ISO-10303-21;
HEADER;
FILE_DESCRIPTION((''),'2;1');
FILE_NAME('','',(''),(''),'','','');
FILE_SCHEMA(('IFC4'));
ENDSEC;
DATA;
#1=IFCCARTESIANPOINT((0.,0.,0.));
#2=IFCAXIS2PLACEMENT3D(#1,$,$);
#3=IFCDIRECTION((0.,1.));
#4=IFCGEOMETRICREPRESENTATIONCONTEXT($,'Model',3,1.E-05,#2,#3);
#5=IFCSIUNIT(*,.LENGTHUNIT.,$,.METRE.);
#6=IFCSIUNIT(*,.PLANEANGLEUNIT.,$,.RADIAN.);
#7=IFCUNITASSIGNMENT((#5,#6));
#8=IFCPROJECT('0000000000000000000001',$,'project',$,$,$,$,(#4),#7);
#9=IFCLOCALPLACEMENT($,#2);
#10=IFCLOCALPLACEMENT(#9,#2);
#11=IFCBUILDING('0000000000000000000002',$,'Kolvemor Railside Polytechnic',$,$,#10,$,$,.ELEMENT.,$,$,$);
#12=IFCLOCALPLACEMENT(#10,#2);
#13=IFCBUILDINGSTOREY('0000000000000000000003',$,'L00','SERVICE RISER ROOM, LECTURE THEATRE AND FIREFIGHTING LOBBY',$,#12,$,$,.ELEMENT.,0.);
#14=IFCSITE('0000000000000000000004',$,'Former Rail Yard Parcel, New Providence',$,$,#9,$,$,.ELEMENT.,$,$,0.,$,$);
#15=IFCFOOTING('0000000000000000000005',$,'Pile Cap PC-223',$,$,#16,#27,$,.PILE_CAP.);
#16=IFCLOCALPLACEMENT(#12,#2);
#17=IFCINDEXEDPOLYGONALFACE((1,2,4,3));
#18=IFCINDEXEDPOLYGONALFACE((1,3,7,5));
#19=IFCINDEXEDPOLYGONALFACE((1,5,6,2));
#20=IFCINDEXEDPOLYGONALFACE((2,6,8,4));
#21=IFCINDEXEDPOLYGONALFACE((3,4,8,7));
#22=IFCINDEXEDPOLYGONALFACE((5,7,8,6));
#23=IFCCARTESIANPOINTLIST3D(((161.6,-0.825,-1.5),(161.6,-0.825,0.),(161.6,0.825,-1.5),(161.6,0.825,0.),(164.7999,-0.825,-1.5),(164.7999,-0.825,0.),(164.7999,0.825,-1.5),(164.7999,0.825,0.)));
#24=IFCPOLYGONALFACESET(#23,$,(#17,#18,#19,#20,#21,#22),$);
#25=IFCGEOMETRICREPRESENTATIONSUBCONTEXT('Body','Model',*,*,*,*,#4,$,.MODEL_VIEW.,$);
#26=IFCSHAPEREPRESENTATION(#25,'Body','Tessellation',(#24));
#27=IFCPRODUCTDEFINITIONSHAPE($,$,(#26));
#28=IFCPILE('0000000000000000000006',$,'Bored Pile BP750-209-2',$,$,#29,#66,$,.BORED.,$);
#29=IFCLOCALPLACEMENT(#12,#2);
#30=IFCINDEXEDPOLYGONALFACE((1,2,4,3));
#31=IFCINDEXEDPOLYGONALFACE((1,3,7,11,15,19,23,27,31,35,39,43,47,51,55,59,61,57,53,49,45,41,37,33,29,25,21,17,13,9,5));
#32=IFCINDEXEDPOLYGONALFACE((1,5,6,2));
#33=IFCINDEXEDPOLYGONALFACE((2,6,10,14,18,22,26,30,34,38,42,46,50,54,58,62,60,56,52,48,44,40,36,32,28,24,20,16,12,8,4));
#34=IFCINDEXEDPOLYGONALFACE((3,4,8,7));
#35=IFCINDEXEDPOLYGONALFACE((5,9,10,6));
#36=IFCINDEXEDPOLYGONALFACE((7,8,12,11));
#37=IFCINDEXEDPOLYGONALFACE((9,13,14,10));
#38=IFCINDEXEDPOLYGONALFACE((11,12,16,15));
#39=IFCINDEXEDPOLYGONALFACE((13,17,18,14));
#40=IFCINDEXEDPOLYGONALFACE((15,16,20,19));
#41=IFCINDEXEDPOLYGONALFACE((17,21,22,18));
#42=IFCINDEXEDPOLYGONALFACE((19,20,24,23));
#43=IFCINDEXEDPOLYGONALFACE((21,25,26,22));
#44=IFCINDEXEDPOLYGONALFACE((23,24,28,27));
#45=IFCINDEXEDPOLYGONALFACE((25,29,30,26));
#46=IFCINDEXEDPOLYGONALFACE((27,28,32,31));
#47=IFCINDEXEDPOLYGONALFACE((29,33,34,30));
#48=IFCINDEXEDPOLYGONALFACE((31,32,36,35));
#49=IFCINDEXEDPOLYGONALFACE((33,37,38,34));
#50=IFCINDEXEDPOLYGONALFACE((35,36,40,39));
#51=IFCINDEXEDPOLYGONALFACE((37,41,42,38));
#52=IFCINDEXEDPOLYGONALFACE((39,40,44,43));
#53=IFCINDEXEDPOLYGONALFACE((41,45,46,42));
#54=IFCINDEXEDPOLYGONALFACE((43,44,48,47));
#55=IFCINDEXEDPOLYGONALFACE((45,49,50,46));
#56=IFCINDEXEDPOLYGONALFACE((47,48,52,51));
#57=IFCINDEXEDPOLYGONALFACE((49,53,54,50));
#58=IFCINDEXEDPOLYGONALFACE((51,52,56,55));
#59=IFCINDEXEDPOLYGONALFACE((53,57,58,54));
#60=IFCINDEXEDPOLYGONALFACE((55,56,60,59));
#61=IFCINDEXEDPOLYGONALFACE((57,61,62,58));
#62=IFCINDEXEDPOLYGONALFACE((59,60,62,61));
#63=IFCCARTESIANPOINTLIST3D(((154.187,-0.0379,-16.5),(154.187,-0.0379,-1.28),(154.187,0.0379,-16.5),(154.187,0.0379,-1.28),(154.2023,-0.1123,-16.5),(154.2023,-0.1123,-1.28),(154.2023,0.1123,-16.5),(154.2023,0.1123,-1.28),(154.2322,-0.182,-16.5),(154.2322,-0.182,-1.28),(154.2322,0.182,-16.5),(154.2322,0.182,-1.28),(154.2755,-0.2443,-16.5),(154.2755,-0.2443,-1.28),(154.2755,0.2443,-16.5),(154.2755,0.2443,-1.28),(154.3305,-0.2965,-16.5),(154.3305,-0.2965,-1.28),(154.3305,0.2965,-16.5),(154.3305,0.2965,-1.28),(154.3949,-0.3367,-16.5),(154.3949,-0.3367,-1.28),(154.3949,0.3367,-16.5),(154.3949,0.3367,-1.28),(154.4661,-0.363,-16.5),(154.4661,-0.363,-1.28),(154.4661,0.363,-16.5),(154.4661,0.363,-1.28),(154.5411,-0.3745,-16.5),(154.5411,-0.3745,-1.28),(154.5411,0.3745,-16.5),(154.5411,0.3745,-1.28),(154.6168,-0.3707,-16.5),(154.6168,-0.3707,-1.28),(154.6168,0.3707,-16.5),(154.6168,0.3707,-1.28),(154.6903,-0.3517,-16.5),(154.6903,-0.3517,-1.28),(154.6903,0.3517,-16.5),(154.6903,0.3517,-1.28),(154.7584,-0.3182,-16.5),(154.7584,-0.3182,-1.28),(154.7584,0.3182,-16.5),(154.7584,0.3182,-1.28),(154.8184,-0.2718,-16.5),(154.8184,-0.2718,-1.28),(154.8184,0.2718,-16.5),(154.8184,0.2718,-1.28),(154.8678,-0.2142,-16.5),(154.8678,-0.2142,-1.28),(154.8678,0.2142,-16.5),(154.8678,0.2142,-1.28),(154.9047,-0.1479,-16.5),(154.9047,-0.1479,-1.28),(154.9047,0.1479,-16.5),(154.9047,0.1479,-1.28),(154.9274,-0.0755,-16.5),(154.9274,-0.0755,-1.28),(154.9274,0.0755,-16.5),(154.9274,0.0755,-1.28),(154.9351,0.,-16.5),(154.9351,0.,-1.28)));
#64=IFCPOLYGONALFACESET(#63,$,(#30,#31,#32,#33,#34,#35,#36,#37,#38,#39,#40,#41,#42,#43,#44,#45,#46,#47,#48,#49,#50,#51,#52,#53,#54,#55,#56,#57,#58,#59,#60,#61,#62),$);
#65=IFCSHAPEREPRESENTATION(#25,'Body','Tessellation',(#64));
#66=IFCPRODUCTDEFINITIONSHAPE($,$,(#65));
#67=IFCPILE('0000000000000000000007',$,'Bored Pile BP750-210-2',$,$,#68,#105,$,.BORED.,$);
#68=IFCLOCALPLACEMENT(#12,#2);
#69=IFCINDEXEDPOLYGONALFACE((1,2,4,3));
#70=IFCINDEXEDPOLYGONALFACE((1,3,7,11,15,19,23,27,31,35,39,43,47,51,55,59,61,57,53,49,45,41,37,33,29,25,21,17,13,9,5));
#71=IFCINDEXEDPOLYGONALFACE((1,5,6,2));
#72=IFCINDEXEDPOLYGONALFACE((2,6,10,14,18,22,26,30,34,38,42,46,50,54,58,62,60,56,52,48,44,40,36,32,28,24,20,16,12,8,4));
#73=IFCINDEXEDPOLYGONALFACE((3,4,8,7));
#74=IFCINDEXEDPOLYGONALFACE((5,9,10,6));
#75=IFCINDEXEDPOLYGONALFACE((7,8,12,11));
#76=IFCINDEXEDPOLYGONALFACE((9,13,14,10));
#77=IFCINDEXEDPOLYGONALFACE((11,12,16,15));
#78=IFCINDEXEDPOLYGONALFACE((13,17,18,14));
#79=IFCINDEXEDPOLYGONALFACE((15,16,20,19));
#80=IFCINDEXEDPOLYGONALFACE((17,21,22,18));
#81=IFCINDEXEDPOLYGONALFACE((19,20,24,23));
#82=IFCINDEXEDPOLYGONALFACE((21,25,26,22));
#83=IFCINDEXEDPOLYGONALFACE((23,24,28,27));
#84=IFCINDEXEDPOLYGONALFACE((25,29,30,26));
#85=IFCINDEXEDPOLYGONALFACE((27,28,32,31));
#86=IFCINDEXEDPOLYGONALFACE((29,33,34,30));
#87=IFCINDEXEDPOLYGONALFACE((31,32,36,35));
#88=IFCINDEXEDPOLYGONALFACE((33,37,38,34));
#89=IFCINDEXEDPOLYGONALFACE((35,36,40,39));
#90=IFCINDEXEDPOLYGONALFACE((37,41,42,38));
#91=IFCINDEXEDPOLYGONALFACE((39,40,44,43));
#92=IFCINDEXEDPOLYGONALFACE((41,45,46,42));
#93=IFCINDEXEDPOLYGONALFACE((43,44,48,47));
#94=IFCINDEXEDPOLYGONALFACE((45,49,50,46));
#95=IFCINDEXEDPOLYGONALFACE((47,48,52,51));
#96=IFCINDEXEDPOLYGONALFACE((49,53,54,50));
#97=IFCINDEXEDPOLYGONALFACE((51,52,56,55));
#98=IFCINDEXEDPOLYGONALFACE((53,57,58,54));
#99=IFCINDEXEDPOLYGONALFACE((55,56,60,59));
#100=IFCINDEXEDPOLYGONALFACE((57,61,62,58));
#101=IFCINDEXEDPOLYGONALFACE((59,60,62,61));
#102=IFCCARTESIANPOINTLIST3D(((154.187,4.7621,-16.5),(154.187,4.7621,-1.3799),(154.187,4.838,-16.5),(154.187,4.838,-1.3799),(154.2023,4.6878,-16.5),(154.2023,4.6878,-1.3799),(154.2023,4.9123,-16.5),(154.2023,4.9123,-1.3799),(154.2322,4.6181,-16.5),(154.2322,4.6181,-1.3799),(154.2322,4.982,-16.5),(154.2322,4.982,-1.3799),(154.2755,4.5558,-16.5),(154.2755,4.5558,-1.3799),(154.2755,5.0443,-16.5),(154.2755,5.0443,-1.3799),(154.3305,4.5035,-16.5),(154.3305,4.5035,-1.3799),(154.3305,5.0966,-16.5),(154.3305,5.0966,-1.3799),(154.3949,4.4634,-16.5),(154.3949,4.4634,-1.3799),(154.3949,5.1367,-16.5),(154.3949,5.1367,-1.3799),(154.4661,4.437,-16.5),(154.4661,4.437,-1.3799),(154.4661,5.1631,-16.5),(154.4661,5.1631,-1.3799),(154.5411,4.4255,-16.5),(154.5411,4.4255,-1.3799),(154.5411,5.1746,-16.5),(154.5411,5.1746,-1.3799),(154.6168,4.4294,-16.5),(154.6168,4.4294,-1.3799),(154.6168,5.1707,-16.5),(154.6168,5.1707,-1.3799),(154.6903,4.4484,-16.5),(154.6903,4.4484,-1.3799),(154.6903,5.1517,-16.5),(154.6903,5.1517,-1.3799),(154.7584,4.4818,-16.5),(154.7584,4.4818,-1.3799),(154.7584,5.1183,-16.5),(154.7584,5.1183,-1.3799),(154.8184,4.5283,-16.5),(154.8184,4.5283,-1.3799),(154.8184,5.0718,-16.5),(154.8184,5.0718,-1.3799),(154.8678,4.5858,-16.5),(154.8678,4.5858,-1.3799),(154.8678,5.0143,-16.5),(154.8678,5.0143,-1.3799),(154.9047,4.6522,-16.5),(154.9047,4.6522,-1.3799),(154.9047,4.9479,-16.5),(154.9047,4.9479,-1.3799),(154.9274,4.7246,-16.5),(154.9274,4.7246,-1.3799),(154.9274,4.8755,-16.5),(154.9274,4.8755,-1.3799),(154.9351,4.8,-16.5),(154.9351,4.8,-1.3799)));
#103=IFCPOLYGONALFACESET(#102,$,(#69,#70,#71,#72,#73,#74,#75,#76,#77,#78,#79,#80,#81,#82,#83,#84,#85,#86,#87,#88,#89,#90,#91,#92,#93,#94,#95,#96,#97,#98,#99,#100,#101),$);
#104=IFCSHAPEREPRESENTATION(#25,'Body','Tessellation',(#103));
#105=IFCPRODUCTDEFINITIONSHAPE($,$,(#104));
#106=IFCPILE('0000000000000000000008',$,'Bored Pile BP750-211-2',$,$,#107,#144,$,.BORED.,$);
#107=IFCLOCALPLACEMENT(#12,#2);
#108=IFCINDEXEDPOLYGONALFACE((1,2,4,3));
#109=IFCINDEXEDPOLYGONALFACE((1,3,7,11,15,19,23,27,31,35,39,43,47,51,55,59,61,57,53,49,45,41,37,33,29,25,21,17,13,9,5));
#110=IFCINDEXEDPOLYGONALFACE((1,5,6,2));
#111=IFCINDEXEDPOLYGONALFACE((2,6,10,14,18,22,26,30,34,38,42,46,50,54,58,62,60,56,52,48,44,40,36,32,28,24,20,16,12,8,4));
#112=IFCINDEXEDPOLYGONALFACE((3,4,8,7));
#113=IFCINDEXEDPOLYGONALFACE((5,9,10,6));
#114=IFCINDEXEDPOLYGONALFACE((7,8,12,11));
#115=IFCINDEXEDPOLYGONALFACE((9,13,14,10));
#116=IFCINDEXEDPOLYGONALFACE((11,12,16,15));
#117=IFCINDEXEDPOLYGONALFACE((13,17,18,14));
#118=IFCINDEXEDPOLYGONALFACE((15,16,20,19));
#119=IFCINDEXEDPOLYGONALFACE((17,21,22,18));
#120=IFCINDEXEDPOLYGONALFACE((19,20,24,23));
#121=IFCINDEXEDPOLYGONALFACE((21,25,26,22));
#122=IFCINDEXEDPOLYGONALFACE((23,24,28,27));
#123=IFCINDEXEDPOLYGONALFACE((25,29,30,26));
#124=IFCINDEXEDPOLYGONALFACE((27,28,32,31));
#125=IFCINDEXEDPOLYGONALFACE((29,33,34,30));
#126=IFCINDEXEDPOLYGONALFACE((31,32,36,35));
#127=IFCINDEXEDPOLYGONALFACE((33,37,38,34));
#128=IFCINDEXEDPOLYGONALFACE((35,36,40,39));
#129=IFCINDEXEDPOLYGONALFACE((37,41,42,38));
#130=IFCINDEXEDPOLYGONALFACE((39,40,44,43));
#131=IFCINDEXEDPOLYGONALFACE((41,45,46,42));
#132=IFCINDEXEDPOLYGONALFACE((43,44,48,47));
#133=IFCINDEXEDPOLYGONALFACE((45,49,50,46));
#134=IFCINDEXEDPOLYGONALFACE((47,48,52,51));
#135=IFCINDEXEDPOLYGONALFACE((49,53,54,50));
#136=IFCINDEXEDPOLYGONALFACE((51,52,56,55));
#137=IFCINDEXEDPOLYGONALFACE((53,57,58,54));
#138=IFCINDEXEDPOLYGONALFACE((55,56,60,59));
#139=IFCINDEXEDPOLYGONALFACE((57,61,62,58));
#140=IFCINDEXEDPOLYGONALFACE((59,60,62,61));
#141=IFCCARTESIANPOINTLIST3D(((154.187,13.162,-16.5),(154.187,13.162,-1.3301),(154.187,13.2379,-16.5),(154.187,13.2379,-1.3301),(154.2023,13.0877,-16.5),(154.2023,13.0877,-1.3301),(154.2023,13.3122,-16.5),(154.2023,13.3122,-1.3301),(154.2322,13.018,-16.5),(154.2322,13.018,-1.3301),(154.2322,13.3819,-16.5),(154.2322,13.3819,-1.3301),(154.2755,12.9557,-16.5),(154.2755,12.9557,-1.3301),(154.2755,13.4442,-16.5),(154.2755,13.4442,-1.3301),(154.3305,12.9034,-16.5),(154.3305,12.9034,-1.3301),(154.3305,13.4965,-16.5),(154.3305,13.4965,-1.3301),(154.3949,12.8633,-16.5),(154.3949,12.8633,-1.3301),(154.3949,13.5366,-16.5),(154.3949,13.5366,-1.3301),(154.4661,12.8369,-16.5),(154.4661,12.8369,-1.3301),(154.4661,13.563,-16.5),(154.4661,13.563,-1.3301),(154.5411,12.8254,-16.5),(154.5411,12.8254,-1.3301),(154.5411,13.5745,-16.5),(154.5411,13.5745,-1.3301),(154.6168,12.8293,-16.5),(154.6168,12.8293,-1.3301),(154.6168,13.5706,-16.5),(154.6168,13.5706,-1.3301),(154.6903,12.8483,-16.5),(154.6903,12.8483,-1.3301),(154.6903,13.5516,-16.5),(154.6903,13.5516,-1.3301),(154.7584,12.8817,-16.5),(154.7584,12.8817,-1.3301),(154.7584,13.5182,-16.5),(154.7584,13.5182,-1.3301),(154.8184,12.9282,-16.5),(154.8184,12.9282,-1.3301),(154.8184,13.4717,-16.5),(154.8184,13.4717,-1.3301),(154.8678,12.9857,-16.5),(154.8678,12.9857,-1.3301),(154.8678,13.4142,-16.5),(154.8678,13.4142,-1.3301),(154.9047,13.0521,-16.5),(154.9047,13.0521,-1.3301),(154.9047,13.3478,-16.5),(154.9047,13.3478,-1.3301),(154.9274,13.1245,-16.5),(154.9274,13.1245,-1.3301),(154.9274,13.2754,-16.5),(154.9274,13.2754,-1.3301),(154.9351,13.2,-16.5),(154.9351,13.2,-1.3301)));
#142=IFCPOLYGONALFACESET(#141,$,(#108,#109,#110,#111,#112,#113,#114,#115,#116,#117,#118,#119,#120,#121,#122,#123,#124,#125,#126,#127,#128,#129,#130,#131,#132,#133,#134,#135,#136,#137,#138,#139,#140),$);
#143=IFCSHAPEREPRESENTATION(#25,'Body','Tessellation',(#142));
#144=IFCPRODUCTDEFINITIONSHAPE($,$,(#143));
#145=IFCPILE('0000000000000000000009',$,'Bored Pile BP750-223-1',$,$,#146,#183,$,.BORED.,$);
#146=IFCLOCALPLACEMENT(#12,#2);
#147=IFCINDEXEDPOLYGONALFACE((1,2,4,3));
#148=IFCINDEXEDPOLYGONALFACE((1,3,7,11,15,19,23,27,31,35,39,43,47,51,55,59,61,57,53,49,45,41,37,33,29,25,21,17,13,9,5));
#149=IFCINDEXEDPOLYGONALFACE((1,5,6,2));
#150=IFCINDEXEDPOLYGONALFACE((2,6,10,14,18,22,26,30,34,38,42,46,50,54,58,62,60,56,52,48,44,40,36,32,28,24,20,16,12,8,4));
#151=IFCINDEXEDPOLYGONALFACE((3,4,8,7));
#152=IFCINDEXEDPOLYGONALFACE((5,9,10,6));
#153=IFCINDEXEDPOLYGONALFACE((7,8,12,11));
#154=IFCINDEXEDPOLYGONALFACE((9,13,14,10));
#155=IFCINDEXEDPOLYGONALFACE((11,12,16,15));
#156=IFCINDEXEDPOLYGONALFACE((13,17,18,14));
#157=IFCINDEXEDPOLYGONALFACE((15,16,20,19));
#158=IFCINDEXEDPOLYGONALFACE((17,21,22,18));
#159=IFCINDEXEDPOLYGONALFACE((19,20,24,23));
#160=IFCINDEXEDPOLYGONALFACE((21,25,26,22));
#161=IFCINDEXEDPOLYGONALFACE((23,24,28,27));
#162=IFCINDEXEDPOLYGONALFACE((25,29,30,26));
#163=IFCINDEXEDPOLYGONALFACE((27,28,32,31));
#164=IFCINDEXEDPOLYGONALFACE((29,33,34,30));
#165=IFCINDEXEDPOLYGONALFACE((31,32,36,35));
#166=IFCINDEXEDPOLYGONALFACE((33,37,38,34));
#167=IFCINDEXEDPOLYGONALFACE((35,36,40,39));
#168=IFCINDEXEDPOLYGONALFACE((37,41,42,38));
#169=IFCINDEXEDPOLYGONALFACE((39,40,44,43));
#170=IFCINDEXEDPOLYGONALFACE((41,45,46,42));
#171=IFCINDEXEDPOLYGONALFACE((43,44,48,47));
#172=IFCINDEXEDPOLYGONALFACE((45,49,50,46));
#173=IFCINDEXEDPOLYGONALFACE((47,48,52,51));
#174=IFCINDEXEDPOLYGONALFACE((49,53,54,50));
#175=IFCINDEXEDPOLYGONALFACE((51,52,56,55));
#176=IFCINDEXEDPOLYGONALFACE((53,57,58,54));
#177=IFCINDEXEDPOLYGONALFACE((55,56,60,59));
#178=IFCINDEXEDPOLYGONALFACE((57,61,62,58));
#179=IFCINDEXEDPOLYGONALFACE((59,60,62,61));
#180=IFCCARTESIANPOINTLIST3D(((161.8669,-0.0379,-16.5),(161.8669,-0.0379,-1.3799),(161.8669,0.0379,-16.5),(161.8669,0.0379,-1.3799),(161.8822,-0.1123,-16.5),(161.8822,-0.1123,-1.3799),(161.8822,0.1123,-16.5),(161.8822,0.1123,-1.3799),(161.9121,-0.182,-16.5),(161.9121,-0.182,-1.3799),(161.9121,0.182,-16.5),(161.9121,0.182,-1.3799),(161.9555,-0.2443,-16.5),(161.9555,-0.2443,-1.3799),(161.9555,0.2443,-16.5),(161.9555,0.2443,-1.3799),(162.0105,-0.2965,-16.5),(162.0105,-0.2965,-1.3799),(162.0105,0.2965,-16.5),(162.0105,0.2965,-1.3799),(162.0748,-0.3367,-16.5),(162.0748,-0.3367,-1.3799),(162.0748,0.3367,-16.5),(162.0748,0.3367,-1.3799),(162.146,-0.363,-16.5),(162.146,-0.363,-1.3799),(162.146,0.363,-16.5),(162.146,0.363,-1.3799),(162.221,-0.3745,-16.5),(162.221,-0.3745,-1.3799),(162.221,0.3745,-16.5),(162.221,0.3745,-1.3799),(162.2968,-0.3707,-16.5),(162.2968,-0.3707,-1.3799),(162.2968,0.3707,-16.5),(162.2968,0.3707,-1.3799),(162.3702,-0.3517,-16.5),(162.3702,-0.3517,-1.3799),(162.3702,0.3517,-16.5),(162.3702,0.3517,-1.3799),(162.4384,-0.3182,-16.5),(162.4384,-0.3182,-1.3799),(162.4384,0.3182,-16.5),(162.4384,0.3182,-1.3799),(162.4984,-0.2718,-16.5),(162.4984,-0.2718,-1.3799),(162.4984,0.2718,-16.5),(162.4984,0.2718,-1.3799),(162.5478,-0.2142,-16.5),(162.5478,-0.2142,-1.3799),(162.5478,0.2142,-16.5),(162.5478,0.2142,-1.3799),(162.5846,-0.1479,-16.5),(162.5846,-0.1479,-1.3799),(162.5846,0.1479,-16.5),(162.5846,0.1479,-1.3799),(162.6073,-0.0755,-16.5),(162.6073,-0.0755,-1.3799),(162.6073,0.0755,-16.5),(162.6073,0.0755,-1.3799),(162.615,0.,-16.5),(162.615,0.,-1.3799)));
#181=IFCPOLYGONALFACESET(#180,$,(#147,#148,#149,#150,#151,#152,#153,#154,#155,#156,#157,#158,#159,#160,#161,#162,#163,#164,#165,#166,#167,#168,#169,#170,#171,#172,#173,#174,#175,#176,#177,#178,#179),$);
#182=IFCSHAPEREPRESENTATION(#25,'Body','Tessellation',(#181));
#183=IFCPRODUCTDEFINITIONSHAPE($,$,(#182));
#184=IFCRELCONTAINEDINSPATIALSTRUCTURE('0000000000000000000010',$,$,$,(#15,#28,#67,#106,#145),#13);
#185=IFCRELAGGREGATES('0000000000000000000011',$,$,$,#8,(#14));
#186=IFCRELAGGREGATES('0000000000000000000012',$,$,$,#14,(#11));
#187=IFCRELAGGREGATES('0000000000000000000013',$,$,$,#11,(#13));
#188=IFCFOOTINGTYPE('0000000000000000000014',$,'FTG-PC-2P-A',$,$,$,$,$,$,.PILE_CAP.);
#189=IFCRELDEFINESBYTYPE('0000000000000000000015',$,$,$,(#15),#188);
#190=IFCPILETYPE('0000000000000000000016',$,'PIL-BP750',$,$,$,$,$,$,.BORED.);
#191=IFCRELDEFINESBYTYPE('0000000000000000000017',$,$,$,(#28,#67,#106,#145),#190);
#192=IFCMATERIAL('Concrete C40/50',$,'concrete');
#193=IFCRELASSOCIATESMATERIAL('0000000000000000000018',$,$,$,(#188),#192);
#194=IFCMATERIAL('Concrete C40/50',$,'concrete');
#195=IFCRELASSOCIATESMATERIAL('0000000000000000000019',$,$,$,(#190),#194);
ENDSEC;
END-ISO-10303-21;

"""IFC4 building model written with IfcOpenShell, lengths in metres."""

from ifc_helpers import new_model, si_unit, direction, frame, origin, origin_2d, place, context, subcontext, project, spatial, rectangle, circle, extrude, material, material_profile, profile_set, type_object, element, save


model = new_model("IFC4")

# Units and contexts
model_context = context("Model", 3, precision=1e-05, world=origin(), true_north=direction((0.0, 1.0)))
body_context = subcontext(model_context, "Body", "Model", "MODEL_VIEW")
ifc_project = project(units=[si_unit("LENGTHUNIT", "METRE"), si_unit("PLANEANGLEUNIT", "RADIAN")], contexts=[model_context])

# Site, building, storey
site_placement = place(None, origin())
site = spatial("IfcSite", under=ifc_project, at=site_placement, Name="Former Rail Yard Parcel, New Providence", CompositionType="ELEMENT", RefElevation=0.0)
building_placement = place(site_placement, origin())
building = spatial("IfcBuilding", under=site, at=building_placement, Name="Kolvemor Railside Polytechnic", CompositionType="ELEMENT")
storey_placement = place(building_placement, origin())
storey = spatial("IfcBuildingStorey", under=building, at=storey_placement, Name="L00", Description="SERVICE RISER ROOM, LECTURE THEATRE AND FIREFIGHTING LOBBY", CompositionType="ELEMENT", Elevation=0.0)

# Footing
ifc_material_1 = material(Name="Concrete C40/50", Category="concrete")
footing_type = type_object("IfcFootingType", Name="FTG-PC-2P-A", PredefinedType="PILE_CAP", material=ifc_material_1)
footing_placement = place(storey_placement, frame((163.2, 0.0, -1.5), z_axis=(0.0, 0.0, 1.0), x_axis=(1.0, 0.0, 0.0)))
element("IfcFooting", 1, at=footing_placement, inside=storey, type_object=footing_type, Name="Pile Cap PC-223", PredefinedType="PILE_CAP", context=body_context, shape_type="SweptSolid", body=[
    extrude(rectangle(XDim=3.2, YDim=1.6499, at=origin_2d()), origin(), (0.0, 0.0, 1.0), 1.5),
])

# Piles
ifc_material_2 = material(Name="Concrete C40/50", Category="concrete")
ifc_material_profile_1 = material_profile(ifc_material_2, circle(Radius=0.375, at=origin_2d()), Name="BP750")
ifc_profile_set_1 = profile_set([ifc_material_profile_1], Name="Concrete C40/50")
pile_type = type_object("IfcPileType", Name="PIL-BP750", PredefinedType="BORED", material=ifc_profile_set_1)
pile_1_placement = place(storey_placement, frame((154.5601, 0.0, -1.28), z_axis=(0.0, 0.0, -1.0), x_axis=(1.0, 0.0, 0.0)))
element("IfcPile", 2, at=pile_1_placement, inside=storey, type_object=pile_type, Name="Bored Pile BP750-209-2", PredefinedType="BORED", context=body_context, shape_type="SweptSolid", body=[
    extrude(circle(Radius=0.375, at=origin_2d()), origin(), (0.0, 0.0, 1.0), 15.22),
])
pile_2_placement = place(storey_placement, frame((154.5601, 4.8, -1.3799), z_axis=(0.0, 0.0, -1.0), x_axis=(1.0, 0.0, 0.0)))
element("IfcPile", 3, at=pile_2_placement, inside=storey, type_object=pile_type, Name="Bored Pile BP750-210-2", PredefinedType="BORED", context=body_context, shape_type="SweptSolid", body=[
    extrude(circle(Radius=0.375, at=origin_2d()), origin(), (0.0, 0.0, 1.0), 15.1201),
])
pile_3_placement = place(storey_placement, frame((154.5601, 13.2, -1.3301), z_axis=(0.0, 0.0, -1.0), x_axis=(1.0, 0.0, 0.0)))
element("IfcPile", 4, at=pile_3_placement, inside=storey, type_object=pile_type, Name="Bored Pile BP750-211-2", PredefinedType="BORED", context=body_context, shape_type="SweptSolid", body=[
    extrude(circle(Radius=0.375, at=origin_2d()), origin(), (0.0, 0.0, 1.0), 15.1699),
])
pile_4_placement = place(storey_placement, frame((162.24, 0.0, -1.3799), z_axis=(0.0, 0.0, -1.0), x_axis=(1.0, 0.0, 0.0)))
element("IfcPile", 5, at=pile_4_placement, inside=storey, type_object=pile_type, Name="Bored Pile BP750-223-1", PredefinedType="BORED", context=body_context, shape_type="SweptSolid", body=[
    extrude(circle(Radius=0.375, at=origin_2d()), origin(), (0.0, 0.0, 1.0), 15.1201),
])

save(model, "model.ifc")
